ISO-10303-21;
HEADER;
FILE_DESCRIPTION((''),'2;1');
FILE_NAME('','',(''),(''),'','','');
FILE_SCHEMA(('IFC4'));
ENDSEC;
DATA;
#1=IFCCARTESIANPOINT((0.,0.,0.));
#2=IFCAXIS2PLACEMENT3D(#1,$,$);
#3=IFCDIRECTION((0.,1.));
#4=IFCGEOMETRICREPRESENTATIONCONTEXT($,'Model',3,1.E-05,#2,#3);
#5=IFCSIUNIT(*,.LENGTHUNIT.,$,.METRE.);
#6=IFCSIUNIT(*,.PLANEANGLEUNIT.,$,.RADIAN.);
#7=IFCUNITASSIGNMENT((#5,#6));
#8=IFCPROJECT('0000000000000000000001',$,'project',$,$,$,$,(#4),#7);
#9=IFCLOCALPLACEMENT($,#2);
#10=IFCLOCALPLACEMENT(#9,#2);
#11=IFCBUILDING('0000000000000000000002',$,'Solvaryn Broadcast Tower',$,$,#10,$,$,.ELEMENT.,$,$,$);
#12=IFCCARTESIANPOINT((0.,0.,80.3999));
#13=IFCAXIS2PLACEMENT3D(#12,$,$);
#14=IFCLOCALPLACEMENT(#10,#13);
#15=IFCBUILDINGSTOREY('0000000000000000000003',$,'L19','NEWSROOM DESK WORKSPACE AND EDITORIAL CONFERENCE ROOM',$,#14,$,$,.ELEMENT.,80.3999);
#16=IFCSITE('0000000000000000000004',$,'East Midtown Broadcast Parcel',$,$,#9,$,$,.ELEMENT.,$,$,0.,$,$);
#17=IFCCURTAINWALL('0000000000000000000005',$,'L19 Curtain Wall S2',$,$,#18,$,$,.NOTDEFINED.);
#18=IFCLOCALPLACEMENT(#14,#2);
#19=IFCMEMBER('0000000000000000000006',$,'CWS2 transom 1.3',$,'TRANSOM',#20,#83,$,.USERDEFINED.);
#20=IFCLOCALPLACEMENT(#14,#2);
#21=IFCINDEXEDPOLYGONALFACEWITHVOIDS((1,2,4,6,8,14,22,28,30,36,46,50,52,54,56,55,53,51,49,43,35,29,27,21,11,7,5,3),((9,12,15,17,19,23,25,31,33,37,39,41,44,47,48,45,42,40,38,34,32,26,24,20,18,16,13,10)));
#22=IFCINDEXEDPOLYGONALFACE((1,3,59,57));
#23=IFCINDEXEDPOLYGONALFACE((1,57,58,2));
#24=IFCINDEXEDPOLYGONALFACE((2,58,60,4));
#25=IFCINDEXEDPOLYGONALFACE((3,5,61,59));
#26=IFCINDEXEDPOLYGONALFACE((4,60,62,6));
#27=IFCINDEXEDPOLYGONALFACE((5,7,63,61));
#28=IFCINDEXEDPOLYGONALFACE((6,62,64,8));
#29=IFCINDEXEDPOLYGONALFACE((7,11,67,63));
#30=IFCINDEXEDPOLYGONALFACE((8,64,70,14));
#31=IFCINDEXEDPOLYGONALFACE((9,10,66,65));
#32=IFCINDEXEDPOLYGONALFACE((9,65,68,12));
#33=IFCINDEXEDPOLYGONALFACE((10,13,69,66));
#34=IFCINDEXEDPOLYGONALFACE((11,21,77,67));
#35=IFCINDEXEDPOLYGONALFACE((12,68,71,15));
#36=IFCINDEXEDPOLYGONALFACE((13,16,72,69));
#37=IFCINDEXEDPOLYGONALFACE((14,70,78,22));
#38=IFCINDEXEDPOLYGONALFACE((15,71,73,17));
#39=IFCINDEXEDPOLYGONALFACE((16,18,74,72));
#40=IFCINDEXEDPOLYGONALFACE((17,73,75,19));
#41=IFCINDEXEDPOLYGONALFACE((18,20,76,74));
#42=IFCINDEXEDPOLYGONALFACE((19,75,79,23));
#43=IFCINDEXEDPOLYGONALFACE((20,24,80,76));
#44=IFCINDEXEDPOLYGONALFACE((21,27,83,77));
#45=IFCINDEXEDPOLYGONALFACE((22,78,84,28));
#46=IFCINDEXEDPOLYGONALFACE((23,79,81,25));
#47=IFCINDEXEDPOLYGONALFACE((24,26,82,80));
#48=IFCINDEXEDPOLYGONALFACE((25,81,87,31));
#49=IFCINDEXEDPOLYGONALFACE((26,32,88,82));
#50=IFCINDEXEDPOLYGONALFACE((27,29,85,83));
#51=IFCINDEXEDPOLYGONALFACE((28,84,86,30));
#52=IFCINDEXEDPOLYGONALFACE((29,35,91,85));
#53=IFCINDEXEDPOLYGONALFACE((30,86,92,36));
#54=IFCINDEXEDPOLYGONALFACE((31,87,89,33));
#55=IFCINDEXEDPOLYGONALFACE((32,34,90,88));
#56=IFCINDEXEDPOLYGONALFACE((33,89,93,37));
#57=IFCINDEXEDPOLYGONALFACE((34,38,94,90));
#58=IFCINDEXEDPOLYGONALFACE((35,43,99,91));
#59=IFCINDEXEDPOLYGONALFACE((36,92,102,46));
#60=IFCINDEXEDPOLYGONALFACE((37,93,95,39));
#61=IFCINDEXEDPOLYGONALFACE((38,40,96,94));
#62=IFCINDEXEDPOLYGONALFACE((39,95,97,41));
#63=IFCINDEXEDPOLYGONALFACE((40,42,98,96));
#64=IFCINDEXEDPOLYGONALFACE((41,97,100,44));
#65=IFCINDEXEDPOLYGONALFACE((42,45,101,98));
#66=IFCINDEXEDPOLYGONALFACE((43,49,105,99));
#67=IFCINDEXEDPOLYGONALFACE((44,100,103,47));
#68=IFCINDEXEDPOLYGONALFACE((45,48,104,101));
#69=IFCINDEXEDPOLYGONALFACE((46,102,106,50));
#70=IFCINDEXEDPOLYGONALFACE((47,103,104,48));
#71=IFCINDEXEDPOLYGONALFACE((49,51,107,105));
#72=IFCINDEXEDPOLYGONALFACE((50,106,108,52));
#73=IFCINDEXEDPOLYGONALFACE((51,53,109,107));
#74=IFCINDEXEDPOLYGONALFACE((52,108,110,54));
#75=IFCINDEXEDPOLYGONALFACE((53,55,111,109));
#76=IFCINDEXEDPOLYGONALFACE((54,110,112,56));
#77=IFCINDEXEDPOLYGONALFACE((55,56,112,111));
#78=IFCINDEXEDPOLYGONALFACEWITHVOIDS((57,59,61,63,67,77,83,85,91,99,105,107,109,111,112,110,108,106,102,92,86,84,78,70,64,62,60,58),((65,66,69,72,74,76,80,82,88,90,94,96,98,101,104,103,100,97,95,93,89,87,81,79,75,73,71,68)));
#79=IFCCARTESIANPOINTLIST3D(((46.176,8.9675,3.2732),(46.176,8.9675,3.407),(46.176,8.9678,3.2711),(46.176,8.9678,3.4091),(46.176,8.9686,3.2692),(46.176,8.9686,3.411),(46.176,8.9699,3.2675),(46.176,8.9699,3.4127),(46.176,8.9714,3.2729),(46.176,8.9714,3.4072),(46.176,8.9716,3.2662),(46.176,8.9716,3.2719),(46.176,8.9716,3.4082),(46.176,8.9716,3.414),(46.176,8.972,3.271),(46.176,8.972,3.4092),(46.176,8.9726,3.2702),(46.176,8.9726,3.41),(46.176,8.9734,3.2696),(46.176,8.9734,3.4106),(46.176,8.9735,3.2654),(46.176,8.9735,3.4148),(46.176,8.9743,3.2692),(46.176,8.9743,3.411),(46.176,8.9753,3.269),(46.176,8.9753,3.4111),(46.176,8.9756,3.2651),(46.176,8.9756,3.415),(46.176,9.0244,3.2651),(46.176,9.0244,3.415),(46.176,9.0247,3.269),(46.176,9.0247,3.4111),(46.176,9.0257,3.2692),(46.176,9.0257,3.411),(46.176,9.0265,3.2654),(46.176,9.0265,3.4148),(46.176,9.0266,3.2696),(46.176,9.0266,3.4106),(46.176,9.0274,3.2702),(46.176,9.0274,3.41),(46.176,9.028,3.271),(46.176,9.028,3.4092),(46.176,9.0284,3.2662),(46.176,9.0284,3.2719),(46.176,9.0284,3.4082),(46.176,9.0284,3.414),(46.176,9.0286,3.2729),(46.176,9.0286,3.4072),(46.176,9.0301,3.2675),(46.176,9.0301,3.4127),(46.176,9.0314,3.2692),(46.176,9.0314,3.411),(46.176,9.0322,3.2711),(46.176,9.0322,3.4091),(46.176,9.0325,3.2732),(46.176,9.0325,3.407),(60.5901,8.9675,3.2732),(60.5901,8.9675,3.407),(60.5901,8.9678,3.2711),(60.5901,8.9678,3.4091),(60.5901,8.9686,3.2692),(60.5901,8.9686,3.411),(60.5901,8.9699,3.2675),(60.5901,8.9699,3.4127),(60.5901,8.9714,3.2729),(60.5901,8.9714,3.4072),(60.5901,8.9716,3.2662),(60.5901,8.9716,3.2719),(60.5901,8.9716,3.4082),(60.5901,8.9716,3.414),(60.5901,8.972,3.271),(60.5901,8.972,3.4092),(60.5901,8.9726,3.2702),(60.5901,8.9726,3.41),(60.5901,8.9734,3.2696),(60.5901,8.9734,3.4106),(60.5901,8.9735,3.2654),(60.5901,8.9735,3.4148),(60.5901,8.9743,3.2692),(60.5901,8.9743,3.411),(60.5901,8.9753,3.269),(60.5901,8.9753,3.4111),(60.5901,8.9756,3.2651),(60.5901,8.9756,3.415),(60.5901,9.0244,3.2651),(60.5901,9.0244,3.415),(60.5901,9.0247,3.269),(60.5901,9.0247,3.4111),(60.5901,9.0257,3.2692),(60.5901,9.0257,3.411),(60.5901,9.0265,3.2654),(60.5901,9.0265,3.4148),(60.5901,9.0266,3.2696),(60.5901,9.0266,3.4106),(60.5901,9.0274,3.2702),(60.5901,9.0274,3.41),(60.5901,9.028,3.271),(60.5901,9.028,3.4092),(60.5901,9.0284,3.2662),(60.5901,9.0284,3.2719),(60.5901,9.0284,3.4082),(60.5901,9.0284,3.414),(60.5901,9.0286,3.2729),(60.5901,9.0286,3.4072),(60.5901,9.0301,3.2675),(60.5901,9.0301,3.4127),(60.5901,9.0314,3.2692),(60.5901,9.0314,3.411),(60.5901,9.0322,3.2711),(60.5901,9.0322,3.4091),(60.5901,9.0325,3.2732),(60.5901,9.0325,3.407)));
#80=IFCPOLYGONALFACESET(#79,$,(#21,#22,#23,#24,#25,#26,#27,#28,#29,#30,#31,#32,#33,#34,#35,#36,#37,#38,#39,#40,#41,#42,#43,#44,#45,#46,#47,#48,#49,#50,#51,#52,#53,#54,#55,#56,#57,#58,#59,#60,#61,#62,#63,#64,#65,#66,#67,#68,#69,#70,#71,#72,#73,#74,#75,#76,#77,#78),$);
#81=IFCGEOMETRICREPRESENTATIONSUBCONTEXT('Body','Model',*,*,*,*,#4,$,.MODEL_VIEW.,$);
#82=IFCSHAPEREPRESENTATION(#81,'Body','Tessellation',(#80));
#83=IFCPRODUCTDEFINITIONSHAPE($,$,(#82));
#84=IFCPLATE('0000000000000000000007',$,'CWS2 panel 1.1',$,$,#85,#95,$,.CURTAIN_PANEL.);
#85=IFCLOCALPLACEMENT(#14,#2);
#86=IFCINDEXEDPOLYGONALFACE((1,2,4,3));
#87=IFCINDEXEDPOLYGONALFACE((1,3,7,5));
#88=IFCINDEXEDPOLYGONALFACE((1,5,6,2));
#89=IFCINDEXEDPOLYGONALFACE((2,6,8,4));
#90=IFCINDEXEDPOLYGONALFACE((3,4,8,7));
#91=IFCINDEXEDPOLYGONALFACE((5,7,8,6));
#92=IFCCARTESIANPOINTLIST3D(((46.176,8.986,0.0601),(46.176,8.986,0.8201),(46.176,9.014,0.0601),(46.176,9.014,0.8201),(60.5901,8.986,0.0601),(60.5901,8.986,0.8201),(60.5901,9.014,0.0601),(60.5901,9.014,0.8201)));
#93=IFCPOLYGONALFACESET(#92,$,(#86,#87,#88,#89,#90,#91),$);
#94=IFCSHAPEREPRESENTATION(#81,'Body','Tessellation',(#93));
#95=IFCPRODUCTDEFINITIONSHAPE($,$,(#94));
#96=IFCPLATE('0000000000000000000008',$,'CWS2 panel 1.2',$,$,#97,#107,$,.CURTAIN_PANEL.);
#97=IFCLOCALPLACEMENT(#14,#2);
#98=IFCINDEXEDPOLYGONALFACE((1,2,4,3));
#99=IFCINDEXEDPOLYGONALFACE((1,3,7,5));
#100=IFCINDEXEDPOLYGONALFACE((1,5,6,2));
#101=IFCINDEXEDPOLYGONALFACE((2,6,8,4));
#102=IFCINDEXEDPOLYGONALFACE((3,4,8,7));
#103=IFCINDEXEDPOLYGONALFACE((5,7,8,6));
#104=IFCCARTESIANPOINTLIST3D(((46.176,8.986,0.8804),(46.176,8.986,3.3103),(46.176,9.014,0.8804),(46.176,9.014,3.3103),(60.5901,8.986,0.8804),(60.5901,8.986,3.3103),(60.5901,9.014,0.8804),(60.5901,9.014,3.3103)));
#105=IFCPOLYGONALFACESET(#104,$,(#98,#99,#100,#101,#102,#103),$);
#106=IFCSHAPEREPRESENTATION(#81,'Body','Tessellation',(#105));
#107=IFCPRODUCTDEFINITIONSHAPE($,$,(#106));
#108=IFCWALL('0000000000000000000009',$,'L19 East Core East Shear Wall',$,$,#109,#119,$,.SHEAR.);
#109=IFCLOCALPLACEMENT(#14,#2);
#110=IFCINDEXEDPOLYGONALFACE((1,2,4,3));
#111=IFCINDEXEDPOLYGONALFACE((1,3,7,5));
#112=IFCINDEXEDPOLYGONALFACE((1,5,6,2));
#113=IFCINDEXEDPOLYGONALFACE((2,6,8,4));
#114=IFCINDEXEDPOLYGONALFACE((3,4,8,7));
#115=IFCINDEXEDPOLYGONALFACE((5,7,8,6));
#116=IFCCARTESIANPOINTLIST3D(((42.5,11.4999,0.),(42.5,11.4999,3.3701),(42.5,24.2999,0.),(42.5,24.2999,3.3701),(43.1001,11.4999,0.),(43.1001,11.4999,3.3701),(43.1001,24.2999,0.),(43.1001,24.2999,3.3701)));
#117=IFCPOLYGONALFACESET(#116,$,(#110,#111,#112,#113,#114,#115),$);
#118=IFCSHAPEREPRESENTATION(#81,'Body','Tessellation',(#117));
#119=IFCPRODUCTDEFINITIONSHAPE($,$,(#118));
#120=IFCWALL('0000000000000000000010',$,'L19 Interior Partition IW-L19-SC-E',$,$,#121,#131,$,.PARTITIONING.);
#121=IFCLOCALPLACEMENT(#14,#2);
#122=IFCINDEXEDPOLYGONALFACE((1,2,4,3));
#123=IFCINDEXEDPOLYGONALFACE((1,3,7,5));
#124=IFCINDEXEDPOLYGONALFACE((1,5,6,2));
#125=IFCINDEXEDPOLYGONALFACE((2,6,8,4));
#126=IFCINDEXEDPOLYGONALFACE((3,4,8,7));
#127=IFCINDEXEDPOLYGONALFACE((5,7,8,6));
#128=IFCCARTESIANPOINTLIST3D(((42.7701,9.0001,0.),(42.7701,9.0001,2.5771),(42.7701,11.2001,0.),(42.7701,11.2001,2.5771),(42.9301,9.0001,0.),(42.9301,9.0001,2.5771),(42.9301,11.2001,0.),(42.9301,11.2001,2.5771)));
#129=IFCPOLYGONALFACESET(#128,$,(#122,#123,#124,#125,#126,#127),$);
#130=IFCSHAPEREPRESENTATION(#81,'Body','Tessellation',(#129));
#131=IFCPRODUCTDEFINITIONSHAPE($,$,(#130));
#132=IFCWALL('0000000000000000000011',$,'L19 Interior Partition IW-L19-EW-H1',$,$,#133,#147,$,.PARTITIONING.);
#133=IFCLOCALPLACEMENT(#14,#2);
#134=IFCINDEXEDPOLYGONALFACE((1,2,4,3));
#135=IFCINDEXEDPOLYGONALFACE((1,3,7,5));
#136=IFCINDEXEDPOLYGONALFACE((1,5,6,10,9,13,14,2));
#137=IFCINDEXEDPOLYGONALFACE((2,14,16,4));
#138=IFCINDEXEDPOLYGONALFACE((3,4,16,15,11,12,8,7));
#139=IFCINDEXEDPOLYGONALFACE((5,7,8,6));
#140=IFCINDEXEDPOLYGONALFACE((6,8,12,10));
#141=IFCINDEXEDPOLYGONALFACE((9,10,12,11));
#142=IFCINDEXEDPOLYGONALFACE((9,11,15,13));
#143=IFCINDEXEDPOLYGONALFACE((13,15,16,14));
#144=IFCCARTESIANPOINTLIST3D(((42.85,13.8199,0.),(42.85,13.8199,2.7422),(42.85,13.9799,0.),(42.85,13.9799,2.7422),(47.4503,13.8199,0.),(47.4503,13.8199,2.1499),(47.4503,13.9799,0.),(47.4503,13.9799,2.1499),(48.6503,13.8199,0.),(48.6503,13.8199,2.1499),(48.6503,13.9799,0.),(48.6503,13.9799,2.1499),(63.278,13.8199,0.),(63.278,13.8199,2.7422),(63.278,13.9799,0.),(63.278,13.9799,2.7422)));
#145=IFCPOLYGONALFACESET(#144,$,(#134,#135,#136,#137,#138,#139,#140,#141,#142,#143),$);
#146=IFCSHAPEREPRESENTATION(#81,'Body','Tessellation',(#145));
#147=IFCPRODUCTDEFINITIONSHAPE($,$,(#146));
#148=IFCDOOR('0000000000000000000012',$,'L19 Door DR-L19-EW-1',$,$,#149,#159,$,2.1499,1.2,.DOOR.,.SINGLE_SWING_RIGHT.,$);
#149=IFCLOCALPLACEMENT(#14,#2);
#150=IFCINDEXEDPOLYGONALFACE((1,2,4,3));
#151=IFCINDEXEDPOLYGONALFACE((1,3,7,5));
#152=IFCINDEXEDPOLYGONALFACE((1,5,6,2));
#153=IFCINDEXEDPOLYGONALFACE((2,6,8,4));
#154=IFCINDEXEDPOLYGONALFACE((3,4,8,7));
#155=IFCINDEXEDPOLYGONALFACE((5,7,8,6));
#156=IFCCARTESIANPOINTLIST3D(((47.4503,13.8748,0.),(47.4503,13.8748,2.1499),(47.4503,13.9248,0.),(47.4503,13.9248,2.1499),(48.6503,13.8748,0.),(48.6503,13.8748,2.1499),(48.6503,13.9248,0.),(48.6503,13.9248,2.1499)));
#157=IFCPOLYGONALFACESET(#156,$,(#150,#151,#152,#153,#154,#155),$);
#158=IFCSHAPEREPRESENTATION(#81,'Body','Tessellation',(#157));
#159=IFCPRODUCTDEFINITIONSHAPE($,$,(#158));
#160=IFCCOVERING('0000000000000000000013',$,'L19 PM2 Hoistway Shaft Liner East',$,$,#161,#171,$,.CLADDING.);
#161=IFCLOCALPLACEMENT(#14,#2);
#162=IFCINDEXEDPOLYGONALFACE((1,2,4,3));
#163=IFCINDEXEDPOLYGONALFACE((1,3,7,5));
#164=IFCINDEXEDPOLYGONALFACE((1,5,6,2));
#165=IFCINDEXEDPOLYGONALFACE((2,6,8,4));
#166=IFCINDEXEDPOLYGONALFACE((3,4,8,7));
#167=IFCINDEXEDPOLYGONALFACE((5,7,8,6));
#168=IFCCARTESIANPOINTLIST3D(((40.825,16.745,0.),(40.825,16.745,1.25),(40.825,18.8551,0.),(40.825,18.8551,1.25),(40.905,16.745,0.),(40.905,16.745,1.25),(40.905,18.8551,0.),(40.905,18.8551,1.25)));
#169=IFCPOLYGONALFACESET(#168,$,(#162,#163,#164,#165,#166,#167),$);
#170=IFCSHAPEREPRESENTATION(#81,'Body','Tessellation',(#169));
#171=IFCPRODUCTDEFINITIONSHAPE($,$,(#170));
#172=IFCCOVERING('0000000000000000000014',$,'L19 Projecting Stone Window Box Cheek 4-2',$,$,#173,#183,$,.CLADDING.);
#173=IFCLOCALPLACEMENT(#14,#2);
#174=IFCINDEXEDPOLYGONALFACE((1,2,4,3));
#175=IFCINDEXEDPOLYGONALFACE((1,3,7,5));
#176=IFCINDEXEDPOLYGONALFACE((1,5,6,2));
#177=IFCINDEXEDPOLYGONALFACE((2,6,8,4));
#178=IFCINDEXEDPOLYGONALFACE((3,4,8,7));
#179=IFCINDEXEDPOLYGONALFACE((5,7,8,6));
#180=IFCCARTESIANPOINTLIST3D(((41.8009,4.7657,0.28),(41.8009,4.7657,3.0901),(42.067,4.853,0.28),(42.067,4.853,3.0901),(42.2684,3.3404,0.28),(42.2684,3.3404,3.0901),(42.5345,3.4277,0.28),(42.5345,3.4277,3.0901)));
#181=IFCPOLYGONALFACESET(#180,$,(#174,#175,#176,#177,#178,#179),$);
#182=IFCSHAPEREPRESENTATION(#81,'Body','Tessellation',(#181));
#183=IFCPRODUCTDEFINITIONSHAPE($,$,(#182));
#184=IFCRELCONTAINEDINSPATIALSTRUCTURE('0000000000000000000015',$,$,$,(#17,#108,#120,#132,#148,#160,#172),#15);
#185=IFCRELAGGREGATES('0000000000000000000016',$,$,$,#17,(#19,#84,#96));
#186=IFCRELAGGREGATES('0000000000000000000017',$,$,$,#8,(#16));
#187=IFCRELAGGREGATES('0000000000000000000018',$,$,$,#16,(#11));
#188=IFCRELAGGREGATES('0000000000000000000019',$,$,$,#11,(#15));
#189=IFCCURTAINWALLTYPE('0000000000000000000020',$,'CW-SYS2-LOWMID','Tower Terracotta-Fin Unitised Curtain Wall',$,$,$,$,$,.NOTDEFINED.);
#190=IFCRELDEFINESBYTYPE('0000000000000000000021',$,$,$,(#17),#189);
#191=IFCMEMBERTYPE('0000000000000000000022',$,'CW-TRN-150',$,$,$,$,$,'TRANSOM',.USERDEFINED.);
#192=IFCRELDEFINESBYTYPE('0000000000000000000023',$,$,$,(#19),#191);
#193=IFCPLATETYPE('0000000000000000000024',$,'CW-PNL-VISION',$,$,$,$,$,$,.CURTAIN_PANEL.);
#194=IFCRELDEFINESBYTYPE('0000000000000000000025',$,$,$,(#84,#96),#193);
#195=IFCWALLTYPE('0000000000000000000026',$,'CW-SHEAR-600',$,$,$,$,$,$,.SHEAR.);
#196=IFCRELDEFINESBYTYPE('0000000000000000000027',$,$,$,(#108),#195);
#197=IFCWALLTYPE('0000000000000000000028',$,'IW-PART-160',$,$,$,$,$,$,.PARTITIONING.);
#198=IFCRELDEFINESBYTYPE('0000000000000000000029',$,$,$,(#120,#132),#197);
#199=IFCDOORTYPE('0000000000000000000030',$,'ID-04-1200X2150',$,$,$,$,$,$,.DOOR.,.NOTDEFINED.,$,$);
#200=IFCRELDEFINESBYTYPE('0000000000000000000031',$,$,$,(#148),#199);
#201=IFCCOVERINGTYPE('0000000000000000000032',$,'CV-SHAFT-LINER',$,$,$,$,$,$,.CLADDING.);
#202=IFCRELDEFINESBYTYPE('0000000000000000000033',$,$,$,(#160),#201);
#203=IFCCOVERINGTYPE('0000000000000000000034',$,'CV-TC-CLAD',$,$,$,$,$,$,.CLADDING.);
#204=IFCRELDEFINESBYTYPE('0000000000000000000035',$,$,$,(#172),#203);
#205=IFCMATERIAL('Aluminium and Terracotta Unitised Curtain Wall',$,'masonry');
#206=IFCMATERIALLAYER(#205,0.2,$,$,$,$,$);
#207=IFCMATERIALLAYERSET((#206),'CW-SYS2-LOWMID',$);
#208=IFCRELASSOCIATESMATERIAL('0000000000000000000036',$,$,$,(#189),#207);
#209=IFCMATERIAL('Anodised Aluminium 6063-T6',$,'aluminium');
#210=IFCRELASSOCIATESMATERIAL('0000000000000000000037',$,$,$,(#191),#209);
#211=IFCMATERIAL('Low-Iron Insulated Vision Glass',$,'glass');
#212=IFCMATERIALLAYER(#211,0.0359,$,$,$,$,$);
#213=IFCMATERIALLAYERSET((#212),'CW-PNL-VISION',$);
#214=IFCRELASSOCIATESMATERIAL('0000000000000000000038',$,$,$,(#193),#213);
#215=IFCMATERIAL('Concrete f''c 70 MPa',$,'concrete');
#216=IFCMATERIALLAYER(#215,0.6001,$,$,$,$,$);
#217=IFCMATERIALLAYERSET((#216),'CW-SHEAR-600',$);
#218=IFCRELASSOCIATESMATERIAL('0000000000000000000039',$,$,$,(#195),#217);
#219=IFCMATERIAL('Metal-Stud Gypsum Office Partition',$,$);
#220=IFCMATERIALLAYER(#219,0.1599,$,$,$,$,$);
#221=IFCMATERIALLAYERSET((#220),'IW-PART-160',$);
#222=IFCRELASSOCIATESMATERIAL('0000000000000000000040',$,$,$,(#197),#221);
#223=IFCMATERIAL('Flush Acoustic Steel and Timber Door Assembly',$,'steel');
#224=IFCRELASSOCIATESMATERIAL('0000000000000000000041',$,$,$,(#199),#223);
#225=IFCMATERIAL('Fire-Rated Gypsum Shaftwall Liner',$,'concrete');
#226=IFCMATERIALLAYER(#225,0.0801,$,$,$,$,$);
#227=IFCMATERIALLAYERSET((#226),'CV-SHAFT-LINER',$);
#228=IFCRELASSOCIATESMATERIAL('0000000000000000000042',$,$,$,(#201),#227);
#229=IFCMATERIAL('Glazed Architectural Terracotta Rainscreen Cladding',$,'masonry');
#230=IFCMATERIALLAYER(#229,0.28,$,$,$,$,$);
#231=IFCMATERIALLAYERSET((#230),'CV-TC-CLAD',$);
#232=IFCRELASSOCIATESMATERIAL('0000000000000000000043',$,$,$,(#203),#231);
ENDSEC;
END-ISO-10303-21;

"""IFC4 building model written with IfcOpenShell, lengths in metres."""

from ifc_helpers import new_model, si_unit, direction, frame, frame_2d, origin, origin_2d, place, context, subcontext, project, spatial, rectangle, hollow_rectangle, extrude, material, layer, layer_set, material_profile, profile_set, type_object, element, fill, aggregate, save


model = new_model("IFC4")

# Units and contexts
model_context = context("Model", 3, precision=1e-05, world=origin(), true_north=direction((0.0, 1.0)))
body_context = subcontext(model_context, "Body", "Model", "MODEL_VIEW")
ifc_project = project(units=[si_unit("LENGTHUNIT", "METRE"), si_unit("PLANEANGLEUNIT", "RADIAN")], contexts=[model_context])

# Site, building, storey
site_placement = place(None, origin())
site = spatial("IfcSite", under=ifc_project, at=site_placement, Name="East Midtown Broadcast Parcel", CompositionType="ELEMENT", RefElevation=0.0)
building_placement = place(site_placement, origin())
building = spatial("IfcBuilding", under=site, at=building_placement, Name="Solvaryn Broadcast Tower", CompositionType="ELEMENT")
storey_placement = place(building_placement, frame((0.0, 0.0, 80.3999)))
storey = spatial("IfcBuildingStorey", under=building, at=storey_placement, Name="L19", Description="NEWSROOM DESK WORKSPACE AND EDITORIAL CONFERENCE ROOM", CompositionType="ELEMENT", Elevation=80.3999)

# Shared definitions
ifc_material_1 = material(Name="Aluminium and Terracotta Unitised Curtain Wall", Category="masonry")
ifc_layer_1 = layer(ifc_material_1, 0.2)
ifc_layer_set_1 = layer_set([ifc_layer_1], Name="CW-SYS2-LOWMID")
curtain_wall_type = type_object("IfcCurtainWallType", Name="CW-SYS2-LOWMID", Description="Tower Terracotta-Fin Unitised Curtain Wall", PredefinedType="NOTDEFINED", material=ifc_layer_set_1)

# Curtain wall, member, plates
curtain_wall_1_placement = place(storey_placement, origin())
curtain_wall_1 = element("IfcCurtainWall", 1, at=curtain_wall_1_placement, inside=storey, type_object=curtain_wall_type, Name="L19 Curtain Wall S2", PredefinedType="NOTDEFINED")
ifc_material_2 = material(Name="Anodised Aluminium 6063-T6", Category="aluminium")
ifc_material_profile_1 = material_profile(ifc_material_2, hollow_rectangle(XDim=0.0649, YDim=0.1499, WallThickness=0.0039, InnerFilletRadius=0.0039, OuterFilletRadius=0.0081, at=origin_2d()))
ifc_profile_set_1 = profile_set([ifc_material_profile_1], Name="Anodised Aluminium 6063-T6")
member_type_1 = type_object("IfcMemberType", Name="CW-TRN-150", ElementType="TRANSOM", PredefinedType="USERDEFINED", material=ifc_profile_set_1)
member_1_placement = place(storey_placement, frame((46.176, 9.0, 3.3401), z_axis=(1.0, 0.0, 0.0), x_axis=(0.0, 1.0, 0.0)))
member_1 = element("IfcMember", 2, at=member_1_placement, type_object=member_type_1, Name="CWS2 transom 1.3", ObjectType="TRANSOM", PredefinedType="USERDEFINED", context=body_context, shape_type="SweptSolid", body=[
    extrude(hollow_rectangle(XDim=0.0649, YDim=0.1499, WallThickness=0.0039, InnerFilletRadius=0.0039, OuterFilletRadius=0.0081, at=origin_2d()), origin(), (0.0, 0.0, 1.0), 14.4141),
])
ifc_material_3 = material(Name="Low-Iron Insulated Vision Glass", Category="glass")
ifc_layer_2 = layer(ifc_material_3, 0.0359)
ifc_layer_set_2 = layer_set([ifc_layer_2], Name="CW-PNL-VISION")
plate_type = type_object("IfcPlateType", Name="CW-PNL-VISION", PredefinedType="CURTAIN_PANEL", material=ifc_layer_set_2)
plate_1_placement = place(storey_placement, frame((53.3831, 9.0, 0.0601), z_axis=(0.0, 0.0, 1.0), x_axis=(1.0, 0.0, 0.0)))
plate_1 = element("IfcPlate", 3, at=plate_1_placement, type_object=plate_type, Name="CWS2 panel 1.1", PredefinedType="CURTAIN_PANEL", context=body_context, shape_type="SweptSolid", body=[
    extrude(rectangle(XDim=14.4141, YDim=0.0281, at=origin_2d()), origin(), (0.0, 0.0, 1.0), 0.76),
])
plate_2_placement = place(storey_placement, frame((53.3831, 9.0, 0.8804), z_axis=(0.0, 0.0, 1.0), x_axis=(1.0, 0.0, 0.0)))
plate_2 = element("IfcPlate", 4, at=plate_2_placement, type_object=plate_type, Name="CWS2 panel 1.2", PredefinedType="CURTAIN_PANEL", context=body_context, shape_type="SweptSolid", body=[
    extrude(rectangle(XDim=14.4141, YDim=0.0281, at=origin_2d()), origin(), (0.0, 0.0, 1.0), 2.4299),
])
aggregate(curtain_wall_1, [member_1, plate_1, plate_2])

# Walls
ifc_material_4 = material(Name="Concrete f'c 70 MPa", Category="concrete")
ifc_layer_3 = layer(ifc_material_4, 0.6001)
ifc_layer_set_3 = layer_set([ifc_layer_3], Name="CW-SHEAR-600")
wall_type_1 = type_object("IfcWallType", Name="CW-SHEAR-600", PredefinedType="SHEAR", material=ifc_layer_set_3)
wall_1_placement = place(storey_placement, frame((42.8, 11.5, 0.0), z_axis=(0.0, 0.0, 1.0), x_axis=(0.0, 1.0, 0.0)))
element("IfcWall", 5, at=wall_1_placement, inside=storey, type_object=wall_type_1, Name="L19 East Core East Shear Wall", PredefinedType="SHEAR", context=body_context, shape_type="SweptSolid", body=[
    extrude(rectangle(XDim=12.8, YDim=0.6001, at=frame_2d((6.3999, 0.0))), origin(), (0.0, 0.0, 1.0), 3.3701),
])
ifc_material_5 = material(Name="Metal-Stud Gypsum Office Partition")
ifc_layer_4 = layer(ifc_material_5, 0.1599)
ifc_layer_set_4 = layer_set([ifc_layer_4], Name="IW-PART-160")
wall_type_2 = type_object("IfcWallType", Name="IW-PART-160", PredefinedType="PARTITIONING", material=ifc_layer_set_4)
wall_2_placement = place(storey_placement, frame((42.8501, 9.0, 0.0), z_axis=(0.0, 0.0, 1.0), x_axis=(0.0, 1.0, 0.0)))
element("IfcWall", 6, at=wall_2_placement, inside=storey, type_object=wall_type_2, Name="L19 Interior Partition IW-L19-SC-E", PredefinedType="PARTITIONING", context=body_context, shape_type="SweptSolid", body=[
    extrude(rectangle(XDim=2.2, YDim=0.1599, at=frame_2d((1.1001, 0.0))), origin(), (0.0, 0.0, 1.0), 2.5771),
])

# Wall, opening, door
wall_3_placement = place(storey_placement, frame((42.8501, 13.8999, 0.0), z_axis=(0.0, 0.0, 1.0), x_axis=(1.0, 0.0, 0.0)))
wall_3 = element("IfcWall", 7, at=wall_3_placement, inside=storey, type_object=wall_type_2, Name="L19 Interior Partition IW-L19-EW-H1", PredefinedType="PARTITIONING", context=body_context, shape_type="SweptSolid", body=[
    extrude(rectangle(XDim=20.428, YDim=0.1599, at=frame_2d((10.2139, 0.0))), origin(), (0.0, 0.0, 1.0), 2.7422),
])
opening_1_placement = place(wall_3_placement, frame((4.6001, 0.0, 0.0)))
opening_1 = element("IfcOpeningElement", 8, at=opening_1_placement, cuts=wall_3, PredefinedType="OPENING", context=body_context, shape_type="SweptSolid", body=[
    extrude(rectangle(XDim=1.2, YDim=2.1499, at=frame_2d((0.6001, 1.075))), frame((0.0, 0.0901, 0.0), z_axis=(0.0, -1.0, 0.0), x_axis=(1.0, 0.0, 0.0)), (0.0, 0.0, 1.0), 0.1799),
])
ifc_material_6 = material(Name="Flush Acoustic Steel and Timber Door Assembly", Category="steel")
door_type_1 = type_object("IfcDoorType", Name="ID-04-1200X2150", OperationType="NOTDEFINED", PredefinedType="DOOR", material=ifc_material_6)
door_1_placement = place(opening_1_placement, origin())
door_1 = element("IfcDoor", 9, at=door_1_placement, inside=storey, type_object=door_type_1, Name="L19 Door DR-L19-EW-1", OperationType="SINGLE_SWING_RIGHT", OverallHeight=2.1499, OverallWidth=1.2, PredefinedType="DOOR", context=body_context, shape_type="SweptSolid", body=[
    extrude(rectangle(XDim=1.2, YDim=2.1499, at=frame_2d((0.6001, 1.075))), frame((0.0, 0.0249, 0.0), z_axis=(0.0, -1.0, 0.0), x_axis=(1.0, 0.0, 0.0)), (0.0, 0.0, 1.0), 0.05),
])
fill(opening_1, door_1)

# Coverings
ifc_material_7 = material(Name="Fire-Rated Gypsum Shaftwall Liner", Category="concrete")
ifc_layer_5 = layer(ifc_material_7, 0.0801)
ifc_layer_set_5 = layer_set([ifc_layer_5], Name="CV-SHAFT-LINER")
covering_type_1 = type_object("IfcCoveringType", Name="CV-SHAFT-LINER", PredefinedType="CLADDING", material=ifc_layer_set_5)
covering_1_placement = place(storey_placement, frame((40.865, 17.8, 0.0), z_axis=(0.0, 0.0, 1.0), x_axis=(1.0, 0.0, 0.0)))
element("IfcCovering", 10, at=covering_1_placement, inside=storey, type_object=covering_type_1, Name="L19 PM2 Hoistway Shaft Liner East", PredefinedType="CLADDING", context=body_context, shape_type="SweptSolid", body=[
    extrude(rectangle(XDim=0.0801, YDim=2.1101, at=origin_2d()), origin(), (0.0, 0.0, 1.0), 1.25),
])
ifc_material_8 = material(Name="Glazed Architectural Terracotta Rainscreen Cladding", Category="masonry")
ifc_layer_6 = layer(ifc_material_8, 0.28)
ifc_layer_set_6 = layer_set([ifc_layer_6], Name="CV-TC-CLAD")
covering_type_2 = type_object("IfcCoveringType", Name="CV-TC-CLAD", PredefinedType="CLADDING", material=ifc_layer_set_6)
covering_2_placement = place(storey_placement, frame((42.1677, 4.0967, 0.28), z_axis=(0.0, 0.0, 1.0), x_axis=(0.95019, 0.311672, 0.0)))
element("IfcCovering", 11, at=covering_2_placement, inside=storey, type_object=covering_type_2, Name="L19 Projecting Stone Window Box Cheek 4-2", PredefinedType="CLADDING", context=body_context, shape_type="SweptSolid", body=[
    extrude(rectangle(XDim=0.28, YDim=1.5, at=origin_2d()), origin(), (0.0, 0.0, 1.0), 2.8101),
])

save(model, "model.ifc")
